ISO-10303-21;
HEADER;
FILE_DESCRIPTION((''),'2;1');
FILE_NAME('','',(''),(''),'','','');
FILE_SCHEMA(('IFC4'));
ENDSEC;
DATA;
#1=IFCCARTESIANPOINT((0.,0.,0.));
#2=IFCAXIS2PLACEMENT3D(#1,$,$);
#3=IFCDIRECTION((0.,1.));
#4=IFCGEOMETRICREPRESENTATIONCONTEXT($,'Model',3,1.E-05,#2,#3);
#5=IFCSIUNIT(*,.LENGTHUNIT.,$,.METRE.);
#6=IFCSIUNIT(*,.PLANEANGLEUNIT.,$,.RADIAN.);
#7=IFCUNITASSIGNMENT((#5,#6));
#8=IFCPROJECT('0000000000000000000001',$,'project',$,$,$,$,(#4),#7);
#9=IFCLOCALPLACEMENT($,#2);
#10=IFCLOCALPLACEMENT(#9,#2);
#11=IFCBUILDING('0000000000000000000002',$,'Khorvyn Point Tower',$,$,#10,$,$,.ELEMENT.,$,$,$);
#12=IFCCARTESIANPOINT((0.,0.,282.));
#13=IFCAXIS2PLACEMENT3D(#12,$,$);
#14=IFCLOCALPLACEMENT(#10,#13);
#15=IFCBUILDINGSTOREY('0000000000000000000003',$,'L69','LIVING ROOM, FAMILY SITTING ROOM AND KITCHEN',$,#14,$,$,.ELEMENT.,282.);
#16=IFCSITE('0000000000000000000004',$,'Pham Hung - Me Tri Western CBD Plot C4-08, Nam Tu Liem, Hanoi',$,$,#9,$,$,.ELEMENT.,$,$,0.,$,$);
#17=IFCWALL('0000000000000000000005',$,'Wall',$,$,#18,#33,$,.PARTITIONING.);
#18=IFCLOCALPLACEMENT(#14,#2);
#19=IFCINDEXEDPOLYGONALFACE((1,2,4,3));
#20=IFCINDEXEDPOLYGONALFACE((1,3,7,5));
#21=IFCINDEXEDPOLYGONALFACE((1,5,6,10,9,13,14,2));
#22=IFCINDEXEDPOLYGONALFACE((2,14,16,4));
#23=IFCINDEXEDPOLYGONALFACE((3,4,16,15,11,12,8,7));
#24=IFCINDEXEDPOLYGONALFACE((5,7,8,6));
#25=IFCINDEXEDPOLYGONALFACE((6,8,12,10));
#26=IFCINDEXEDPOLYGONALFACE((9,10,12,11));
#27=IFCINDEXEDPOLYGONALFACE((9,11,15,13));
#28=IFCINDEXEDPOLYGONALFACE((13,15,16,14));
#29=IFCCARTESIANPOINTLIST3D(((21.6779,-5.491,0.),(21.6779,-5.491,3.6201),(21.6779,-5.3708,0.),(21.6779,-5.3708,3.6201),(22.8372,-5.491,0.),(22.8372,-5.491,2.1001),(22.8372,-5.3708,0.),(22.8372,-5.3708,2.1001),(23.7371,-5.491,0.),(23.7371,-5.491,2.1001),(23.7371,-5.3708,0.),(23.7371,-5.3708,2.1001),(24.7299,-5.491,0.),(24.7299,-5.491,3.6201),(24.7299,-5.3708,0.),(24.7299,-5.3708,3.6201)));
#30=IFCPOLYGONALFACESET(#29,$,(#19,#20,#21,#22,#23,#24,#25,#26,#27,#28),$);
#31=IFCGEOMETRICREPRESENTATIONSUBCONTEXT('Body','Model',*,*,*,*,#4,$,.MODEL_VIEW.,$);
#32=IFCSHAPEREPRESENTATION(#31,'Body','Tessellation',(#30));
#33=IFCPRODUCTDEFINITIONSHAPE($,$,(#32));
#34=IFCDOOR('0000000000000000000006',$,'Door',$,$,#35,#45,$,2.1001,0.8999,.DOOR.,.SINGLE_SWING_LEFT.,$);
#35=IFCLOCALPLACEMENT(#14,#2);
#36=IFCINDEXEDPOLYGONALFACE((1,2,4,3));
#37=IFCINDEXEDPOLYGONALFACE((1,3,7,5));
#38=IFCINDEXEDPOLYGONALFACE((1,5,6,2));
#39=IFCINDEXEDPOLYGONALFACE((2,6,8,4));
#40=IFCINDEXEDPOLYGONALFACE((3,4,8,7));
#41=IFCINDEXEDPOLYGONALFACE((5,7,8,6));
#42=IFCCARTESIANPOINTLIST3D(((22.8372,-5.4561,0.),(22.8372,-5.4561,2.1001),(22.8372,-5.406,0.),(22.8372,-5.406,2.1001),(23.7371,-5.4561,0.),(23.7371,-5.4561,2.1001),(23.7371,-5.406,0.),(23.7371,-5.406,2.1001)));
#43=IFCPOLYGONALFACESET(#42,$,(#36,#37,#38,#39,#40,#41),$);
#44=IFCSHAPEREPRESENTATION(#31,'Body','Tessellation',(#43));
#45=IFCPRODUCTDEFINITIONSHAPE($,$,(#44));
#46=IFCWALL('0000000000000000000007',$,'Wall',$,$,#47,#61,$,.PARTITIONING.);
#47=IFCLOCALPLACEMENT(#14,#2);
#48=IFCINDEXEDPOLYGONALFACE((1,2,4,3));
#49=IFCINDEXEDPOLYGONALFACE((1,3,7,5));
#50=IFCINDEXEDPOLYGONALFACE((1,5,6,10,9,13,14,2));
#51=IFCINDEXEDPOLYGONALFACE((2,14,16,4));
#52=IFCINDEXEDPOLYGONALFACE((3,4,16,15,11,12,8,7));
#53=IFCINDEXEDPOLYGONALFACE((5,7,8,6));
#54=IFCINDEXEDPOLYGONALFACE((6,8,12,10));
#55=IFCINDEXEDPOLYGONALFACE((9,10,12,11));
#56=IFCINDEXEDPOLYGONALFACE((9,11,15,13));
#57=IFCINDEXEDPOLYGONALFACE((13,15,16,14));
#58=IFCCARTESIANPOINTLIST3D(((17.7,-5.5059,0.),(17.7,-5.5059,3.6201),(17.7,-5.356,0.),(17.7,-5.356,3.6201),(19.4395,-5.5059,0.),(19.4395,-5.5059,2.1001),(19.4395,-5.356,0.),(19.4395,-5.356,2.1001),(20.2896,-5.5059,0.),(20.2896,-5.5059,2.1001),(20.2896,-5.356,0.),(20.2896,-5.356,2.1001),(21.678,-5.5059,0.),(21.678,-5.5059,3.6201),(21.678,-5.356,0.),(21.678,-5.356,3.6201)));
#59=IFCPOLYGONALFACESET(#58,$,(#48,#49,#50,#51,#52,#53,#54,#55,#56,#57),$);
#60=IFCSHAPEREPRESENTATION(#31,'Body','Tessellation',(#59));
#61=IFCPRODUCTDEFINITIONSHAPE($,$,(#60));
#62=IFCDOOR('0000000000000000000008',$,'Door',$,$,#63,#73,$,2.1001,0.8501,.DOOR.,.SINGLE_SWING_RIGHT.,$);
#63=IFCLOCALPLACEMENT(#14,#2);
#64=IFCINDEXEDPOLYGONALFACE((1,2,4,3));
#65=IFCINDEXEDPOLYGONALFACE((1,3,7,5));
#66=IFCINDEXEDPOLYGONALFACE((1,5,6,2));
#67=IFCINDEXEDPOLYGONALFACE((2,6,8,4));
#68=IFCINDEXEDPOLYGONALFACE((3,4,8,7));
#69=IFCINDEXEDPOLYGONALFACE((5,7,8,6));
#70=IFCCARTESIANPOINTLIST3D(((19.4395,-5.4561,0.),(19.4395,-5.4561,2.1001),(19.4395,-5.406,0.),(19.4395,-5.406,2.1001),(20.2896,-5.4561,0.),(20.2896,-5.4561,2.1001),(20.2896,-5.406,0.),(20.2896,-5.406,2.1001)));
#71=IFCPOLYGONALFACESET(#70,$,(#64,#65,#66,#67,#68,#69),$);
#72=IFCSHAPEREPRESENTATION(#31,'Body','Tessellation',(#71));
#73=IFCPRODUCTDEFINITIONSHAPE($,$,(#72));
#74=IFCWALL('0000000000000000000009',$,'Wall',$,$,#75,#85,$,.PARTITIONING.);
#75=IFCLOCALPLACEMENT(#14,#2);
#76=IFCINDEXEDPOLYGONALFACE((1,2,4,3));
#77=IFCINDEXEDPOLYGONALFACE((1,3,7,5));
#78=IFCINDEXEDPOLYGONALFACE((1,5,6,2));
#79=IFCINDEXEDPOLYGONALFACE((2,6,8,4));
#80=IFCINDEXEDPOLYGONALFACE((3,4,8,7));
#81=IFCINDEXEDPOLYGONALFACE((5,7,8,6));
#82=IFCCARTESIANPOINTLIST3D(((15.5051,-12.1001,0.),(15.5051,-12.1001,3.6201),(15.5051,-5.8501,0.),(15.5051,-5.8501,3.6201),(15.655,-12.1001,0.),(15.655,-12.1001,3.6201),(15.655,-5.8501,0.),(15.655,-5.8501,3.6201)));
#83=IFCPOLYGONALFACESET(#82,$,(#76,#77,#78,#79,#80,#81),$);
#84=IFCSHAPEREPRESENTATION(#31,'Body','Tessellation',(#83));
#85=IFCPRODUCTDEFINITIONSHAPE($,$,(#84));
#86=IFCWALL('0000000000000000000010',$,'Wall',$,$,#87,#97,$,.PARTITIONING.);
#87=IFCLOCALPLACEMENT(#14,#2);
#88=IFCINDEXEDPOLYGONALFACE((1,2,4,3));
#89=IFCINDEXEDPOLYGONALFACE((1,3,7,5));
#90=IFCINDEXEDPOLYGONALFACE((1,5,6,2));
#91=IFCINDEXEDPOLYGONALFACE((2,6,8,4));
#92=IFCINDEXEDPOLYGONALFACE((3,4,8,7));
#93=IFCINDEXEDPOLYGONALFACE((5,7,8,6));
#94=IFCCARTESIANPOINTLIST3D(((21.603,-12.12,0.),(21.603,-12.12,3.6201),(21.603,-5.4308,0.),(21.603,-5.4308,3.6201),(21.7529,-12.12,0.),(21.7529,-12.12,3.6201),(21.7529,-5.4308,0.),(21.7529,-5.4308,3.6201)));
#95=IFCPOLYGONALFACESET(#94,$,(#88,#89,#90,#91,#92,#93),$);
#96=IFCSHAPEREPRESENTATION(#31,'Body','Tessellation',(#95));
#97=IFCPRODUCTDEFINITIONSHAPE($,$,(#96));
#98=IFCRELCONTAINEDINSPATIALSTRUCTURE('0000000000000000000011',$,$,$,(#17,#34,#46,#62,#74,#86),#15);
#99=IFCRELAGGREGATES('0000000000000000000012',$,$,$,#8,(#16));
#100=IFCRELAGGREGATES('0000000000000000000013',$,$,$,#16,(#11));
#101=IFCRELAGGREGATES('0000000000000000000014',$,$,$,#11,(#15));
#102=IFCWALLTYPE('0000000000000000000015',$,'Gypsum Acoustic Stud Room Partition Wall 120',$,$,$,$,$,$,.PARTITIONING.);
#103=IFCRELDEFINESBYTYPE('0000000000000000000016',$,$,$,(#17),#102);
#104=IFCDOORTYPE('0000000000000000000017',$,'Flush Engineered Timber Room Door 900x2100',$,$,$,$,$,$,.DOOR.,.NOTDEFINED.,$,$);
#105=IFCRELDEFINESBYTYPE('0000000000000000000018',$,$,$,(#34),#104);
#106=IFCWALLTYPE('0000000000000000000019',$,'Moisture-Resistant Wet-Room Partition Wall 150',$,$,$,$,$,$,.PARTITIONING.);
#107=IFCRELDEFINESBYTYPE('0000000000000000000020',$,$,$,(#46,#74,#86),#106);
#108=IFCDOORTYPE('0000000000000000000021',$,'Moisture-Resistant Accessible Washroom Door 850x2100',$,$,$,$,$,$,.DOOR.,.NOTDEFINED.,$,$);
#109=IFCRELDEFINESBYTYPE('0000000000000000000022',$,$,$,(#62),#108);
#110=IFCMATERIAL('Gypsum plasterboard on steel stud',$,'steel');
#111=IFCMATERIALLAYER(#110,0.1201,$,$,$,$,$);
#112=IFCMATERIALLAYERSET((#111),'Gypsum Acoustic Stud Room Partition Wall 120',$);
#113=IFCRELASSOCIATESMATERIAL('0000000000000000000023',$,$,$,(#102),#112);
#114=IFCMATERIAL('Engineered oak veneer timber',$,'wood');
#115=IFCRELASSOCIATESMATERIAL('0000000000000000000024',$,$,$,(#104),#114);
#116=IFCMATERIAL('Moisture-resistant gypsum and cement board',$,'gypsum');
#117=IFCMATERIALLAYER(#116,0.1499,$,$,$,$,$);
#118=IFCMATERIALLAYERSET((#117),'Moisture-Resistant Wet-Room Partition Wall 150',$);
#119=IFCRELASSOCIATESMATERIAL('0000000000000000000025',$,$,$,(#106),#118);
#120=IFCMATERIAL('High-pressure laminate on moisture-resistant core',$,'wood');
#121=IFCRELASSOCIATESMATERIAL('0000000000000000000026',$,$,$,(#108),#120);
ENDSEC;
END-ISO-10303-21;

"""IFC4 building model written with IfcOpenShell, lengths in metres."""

from ifc_helpers import new_model, si_unit, direction, frame, frame_2d, origin, place, context, subcontext, project, spatial, rectangle, extrude, material, layer, layer_set, type_object, element, fill, save


model = new_model("IFC4")

# Units and contexts
model_context = context("Model", 3, precision=1e-05, world=origin(), true_north=direction((0.0, 1.0)))
body_context = subcontext(model_context, "Body", "Model", "MODEL_VIEW")
ifc_project = project(units=[si_unit("LENGTHUNIT", "METRE"), si_unit("PLANEANGLEUNIT", "RADIAN")], contexts=[model_context])

# Site, building, storey
site_placement = place(None, origin())
site = spatial("IfcSite", under=ifc_project, at=site_placement, Name="Pham Hung - Me Tri Western CBD Plot C4-08, Nam Tu Liem, Hanoi", CompositionType="ELEMENT", RefElevation=0.0)
building_placement = place(site_placement, origin())
building = spatial("IfcBuilding", under=site, at=building_placement, Name="Khorvyn Point Tower", CompositionType="ELEMENT")
storey_placement = place(building_placement, frame((0.0, 0.0, 282.0)))
storey = spatial("IfcBuildingStorey", under=building, at=storey_placement, Name="L69", Description="LIVING ROOM, FAMILY SITTING ROOM AND KITCHEN", CompositionType="ELEMENT", Elevation=282.0)

# Walls, openings, doors
ifc_material_1 = material(Name="Gypsum plasterboard on steel stud", Category="steel")
ifc_layer_1 = layer(ifc_material_1, 0.1201)
ifc_layer_set_1 = layer_set([ifc_layer_1], Name="Gypsum Acoustic Stud Room Partition Wall 120")
wall_type_1 = type_object("IfcWallType", Name="Gypsum Acoustic Stud Room Partition Wall 120", PredefinedType="PARTITIONING", material=ifc_layer_set_1)
ifc_material_2 = material(Name="Engineered oak veneer timber", Category="wood")
door_type_1 = type_object("IfcDoorType", Name="Flush Engineered Timber Room Door 900x2100", OperationType="NOTDEFINED", PredefinedType="DOOR", material=ifc_material_2)
wall_1_placement = place(storey_placement, frame((21.678, -5.4309, 0.0), z_axis=(0.0, 0.0, 1.0), x_axis=(1.0, 0.0, 0.0)))
wall_1 = element("IfcWall", 1, at=wall_1_placement, inside=storey, type_object=wall_type_1, Name="Wall", PredefinedType="PARTITIONING", context=body_context, shape_type="SweptSolid", body=[
    extrude(rectangle(XDim=3.052, YDim=0.1201, at=frame_2d((1.5259, 0.0))), origin(), (0.0, 0.0, 1.0), 3.6201),
])
opening_1_placement = place(wall_1_placement, frame((1.1592, 0.0, 0.0)))
opening_1 = element("IfcOpeningElement", 2, at=opening_1_placement, cuts=wall_1, PredefinedType="OPENING", context=body_context, shape_type="SweptSolid", body=[
    extrude(rectangle(XDim=0.8999, YDim=2.1001, at=frame_2d((0.45, 1.05))), frame((0.0, 0.0701, 0.0), z_axis=(0.0, -1.0, 0.0), x_axis=(1.0, 0.0, 0.0)), (0.0, 0.0, 1.0), 0.1401),
])
door_1_placement = place(opening_1_placement, origin())
door_1 = element("IfcDoor", 3, at=door_1_placement, inside=storey, type_object=door_type_1, Name="Door", OperationType="SINGLE_SWING_LEFT", OverallHeight=2.1001, OverallWidth=0.8999, PredefinedType="DOOR", context=body_context, shape_type="SweptSolid", body=[
    extrude(rectangle(XDim=0.8999, YDim=2.1001, at=frame_2d((0.45, 1.05))), frame((0.0, 0.0249, 0.0), z_axis=(0.0, -1.0, 0.0), x_axis=(1.0, 0.0, 0.0)), (0.0, 0.0, 1.0), 0.05),
])
fill(opening_1, door_1)
ifc_material_3 = material(Name="Moisture-resistant gypsum and cement board", Category="gypsum")
ifc_layer_2 = layer(ifc_material_3, 0.1499)
ifc_layer_set_2 = layer_set([ifc_layer_2], Name="Moisture-Resistant Wet-Room Partition Wall 150")
wall_type_2 = type_object("IfcWallType", Name="Moisture-Resistant Wet-Room Partition Wall 150", PredefinedType="PARTITIONING", material=ifc_layer_set_2)
wall_2_placement = place(storey_placement, frame((17.7, -5.4309, 0.0), z_axis=(0.0, 0.0, 1.0), x_axis=(1.0, 0.0, 0.0)))
wall_2 = element("IfcWall", 4, at=wall_2_placement, inside=storey, type_object=wall_type_2, Name="Wall", PredefinedType="PARTITIONING", context=body_context, shape_type="SweptSolid", body=[
    extrude(rectangle(XDim=3.978, YDim=0.1499, at=frame_2d((1.989, 0.0))), origin(), (0.0, 0.0, 1.0), 3.6201),
])
opening_2_placement = place(wall_2_placement, frame((1.7395, 0.0, 0.0)))
opening_2 = element("IfcOpeningElement", 5, at=opening_2_placement, cuts=wall_2, PredefinedType="OPENING", context=body_context, shape_type="SweptSolid", body=[
    extrude(rectangle(XDim=0.8501, YDim=2.1001, at=frame_2d((0.425, 1.05))), frame((0.0, 0.085, 0.0), z_axis=(0.0, -1.0, 0.0), x_axis=(1.0, 0.0, 0.0)), (0.0, 0.0, 1.0), 0.1699),
])
ifc_material_4 = material(Name="High-pressure laminate on moisture-resistant core", Category="wood")
door_type_2 = type_object("IfcDoorType", Name="Moisture-Resistant Accessible Washroom Door 850x2100", OperationType="NOTDEFINED", PredefinedType="DOOR", material=ifc_material_4)
door_2_placement = place(opening_2_placement, origin())
door_2 = element("IfcDoor", 6, at=door_2_placement, inside=storey, type_object=door_type_2, Name="Door", OperationType="SINGLE_SWING_RIGHT", OverallHeight=2.1001, OverallWidth=0.8501, PredefinedType="DOOR", context=body_context, shape_type="SweptSolid", body=[
    extrude(rectangle(XDim=0.8501, YDim=2.1001, at=frame_2d((0.425, 1.05))), frame((0.0, 0.0249, 0.0), z_axis=(0.0, -1.0, 0.0), x_axis=(1.0, 0.0, 0.0)), (0.0, 0.0, 1.0), 0.05),
])
fill(opening_2, door_2)

# Walls
wall_3_placement = place(storey_placement, frame((15.5801, -12.1001, 0.0), z_axis=(0.0, 0.0, 1.0), x_axis=(0.0, 1.0, 0.0)))
element("IfcWall", 7, at=wall_3_placement, inside=storey, type_object=wall_type_2, Name="Wall", PredefinedType="PARTITIONING", context=body_context, shape_type="SweptSolid", body=[
    extrude(rectangle(XDim=6.25, YDim=0.1499, at=frame_2d((3.125, 0.0))), origin(), (0.0, 0.0, 1.0), 3.6201),
])
wall_4_placement = place(storey_placement, frame((21.678, -12.1201, 0.0), z_axis=(0.0, 0.0, 1.0), x_axis=(0.0, 1.0, 0.0)))
element("IfcWall", 8, at=wall_4_placement, inside=storey, type_object=wall_type_2, Name="Wall", PredefinedType="PARTITIONING", context=body_context, shape_type="SweptSolid", body=[
    extrude(rectangle(XDim=6.6892, YDim=0.1499, at=frame_2d((3.3447, 0.0))), origin(), (0.0, 0.0, 1.0), 3.6201),
])

save(model, "model.ifc")
